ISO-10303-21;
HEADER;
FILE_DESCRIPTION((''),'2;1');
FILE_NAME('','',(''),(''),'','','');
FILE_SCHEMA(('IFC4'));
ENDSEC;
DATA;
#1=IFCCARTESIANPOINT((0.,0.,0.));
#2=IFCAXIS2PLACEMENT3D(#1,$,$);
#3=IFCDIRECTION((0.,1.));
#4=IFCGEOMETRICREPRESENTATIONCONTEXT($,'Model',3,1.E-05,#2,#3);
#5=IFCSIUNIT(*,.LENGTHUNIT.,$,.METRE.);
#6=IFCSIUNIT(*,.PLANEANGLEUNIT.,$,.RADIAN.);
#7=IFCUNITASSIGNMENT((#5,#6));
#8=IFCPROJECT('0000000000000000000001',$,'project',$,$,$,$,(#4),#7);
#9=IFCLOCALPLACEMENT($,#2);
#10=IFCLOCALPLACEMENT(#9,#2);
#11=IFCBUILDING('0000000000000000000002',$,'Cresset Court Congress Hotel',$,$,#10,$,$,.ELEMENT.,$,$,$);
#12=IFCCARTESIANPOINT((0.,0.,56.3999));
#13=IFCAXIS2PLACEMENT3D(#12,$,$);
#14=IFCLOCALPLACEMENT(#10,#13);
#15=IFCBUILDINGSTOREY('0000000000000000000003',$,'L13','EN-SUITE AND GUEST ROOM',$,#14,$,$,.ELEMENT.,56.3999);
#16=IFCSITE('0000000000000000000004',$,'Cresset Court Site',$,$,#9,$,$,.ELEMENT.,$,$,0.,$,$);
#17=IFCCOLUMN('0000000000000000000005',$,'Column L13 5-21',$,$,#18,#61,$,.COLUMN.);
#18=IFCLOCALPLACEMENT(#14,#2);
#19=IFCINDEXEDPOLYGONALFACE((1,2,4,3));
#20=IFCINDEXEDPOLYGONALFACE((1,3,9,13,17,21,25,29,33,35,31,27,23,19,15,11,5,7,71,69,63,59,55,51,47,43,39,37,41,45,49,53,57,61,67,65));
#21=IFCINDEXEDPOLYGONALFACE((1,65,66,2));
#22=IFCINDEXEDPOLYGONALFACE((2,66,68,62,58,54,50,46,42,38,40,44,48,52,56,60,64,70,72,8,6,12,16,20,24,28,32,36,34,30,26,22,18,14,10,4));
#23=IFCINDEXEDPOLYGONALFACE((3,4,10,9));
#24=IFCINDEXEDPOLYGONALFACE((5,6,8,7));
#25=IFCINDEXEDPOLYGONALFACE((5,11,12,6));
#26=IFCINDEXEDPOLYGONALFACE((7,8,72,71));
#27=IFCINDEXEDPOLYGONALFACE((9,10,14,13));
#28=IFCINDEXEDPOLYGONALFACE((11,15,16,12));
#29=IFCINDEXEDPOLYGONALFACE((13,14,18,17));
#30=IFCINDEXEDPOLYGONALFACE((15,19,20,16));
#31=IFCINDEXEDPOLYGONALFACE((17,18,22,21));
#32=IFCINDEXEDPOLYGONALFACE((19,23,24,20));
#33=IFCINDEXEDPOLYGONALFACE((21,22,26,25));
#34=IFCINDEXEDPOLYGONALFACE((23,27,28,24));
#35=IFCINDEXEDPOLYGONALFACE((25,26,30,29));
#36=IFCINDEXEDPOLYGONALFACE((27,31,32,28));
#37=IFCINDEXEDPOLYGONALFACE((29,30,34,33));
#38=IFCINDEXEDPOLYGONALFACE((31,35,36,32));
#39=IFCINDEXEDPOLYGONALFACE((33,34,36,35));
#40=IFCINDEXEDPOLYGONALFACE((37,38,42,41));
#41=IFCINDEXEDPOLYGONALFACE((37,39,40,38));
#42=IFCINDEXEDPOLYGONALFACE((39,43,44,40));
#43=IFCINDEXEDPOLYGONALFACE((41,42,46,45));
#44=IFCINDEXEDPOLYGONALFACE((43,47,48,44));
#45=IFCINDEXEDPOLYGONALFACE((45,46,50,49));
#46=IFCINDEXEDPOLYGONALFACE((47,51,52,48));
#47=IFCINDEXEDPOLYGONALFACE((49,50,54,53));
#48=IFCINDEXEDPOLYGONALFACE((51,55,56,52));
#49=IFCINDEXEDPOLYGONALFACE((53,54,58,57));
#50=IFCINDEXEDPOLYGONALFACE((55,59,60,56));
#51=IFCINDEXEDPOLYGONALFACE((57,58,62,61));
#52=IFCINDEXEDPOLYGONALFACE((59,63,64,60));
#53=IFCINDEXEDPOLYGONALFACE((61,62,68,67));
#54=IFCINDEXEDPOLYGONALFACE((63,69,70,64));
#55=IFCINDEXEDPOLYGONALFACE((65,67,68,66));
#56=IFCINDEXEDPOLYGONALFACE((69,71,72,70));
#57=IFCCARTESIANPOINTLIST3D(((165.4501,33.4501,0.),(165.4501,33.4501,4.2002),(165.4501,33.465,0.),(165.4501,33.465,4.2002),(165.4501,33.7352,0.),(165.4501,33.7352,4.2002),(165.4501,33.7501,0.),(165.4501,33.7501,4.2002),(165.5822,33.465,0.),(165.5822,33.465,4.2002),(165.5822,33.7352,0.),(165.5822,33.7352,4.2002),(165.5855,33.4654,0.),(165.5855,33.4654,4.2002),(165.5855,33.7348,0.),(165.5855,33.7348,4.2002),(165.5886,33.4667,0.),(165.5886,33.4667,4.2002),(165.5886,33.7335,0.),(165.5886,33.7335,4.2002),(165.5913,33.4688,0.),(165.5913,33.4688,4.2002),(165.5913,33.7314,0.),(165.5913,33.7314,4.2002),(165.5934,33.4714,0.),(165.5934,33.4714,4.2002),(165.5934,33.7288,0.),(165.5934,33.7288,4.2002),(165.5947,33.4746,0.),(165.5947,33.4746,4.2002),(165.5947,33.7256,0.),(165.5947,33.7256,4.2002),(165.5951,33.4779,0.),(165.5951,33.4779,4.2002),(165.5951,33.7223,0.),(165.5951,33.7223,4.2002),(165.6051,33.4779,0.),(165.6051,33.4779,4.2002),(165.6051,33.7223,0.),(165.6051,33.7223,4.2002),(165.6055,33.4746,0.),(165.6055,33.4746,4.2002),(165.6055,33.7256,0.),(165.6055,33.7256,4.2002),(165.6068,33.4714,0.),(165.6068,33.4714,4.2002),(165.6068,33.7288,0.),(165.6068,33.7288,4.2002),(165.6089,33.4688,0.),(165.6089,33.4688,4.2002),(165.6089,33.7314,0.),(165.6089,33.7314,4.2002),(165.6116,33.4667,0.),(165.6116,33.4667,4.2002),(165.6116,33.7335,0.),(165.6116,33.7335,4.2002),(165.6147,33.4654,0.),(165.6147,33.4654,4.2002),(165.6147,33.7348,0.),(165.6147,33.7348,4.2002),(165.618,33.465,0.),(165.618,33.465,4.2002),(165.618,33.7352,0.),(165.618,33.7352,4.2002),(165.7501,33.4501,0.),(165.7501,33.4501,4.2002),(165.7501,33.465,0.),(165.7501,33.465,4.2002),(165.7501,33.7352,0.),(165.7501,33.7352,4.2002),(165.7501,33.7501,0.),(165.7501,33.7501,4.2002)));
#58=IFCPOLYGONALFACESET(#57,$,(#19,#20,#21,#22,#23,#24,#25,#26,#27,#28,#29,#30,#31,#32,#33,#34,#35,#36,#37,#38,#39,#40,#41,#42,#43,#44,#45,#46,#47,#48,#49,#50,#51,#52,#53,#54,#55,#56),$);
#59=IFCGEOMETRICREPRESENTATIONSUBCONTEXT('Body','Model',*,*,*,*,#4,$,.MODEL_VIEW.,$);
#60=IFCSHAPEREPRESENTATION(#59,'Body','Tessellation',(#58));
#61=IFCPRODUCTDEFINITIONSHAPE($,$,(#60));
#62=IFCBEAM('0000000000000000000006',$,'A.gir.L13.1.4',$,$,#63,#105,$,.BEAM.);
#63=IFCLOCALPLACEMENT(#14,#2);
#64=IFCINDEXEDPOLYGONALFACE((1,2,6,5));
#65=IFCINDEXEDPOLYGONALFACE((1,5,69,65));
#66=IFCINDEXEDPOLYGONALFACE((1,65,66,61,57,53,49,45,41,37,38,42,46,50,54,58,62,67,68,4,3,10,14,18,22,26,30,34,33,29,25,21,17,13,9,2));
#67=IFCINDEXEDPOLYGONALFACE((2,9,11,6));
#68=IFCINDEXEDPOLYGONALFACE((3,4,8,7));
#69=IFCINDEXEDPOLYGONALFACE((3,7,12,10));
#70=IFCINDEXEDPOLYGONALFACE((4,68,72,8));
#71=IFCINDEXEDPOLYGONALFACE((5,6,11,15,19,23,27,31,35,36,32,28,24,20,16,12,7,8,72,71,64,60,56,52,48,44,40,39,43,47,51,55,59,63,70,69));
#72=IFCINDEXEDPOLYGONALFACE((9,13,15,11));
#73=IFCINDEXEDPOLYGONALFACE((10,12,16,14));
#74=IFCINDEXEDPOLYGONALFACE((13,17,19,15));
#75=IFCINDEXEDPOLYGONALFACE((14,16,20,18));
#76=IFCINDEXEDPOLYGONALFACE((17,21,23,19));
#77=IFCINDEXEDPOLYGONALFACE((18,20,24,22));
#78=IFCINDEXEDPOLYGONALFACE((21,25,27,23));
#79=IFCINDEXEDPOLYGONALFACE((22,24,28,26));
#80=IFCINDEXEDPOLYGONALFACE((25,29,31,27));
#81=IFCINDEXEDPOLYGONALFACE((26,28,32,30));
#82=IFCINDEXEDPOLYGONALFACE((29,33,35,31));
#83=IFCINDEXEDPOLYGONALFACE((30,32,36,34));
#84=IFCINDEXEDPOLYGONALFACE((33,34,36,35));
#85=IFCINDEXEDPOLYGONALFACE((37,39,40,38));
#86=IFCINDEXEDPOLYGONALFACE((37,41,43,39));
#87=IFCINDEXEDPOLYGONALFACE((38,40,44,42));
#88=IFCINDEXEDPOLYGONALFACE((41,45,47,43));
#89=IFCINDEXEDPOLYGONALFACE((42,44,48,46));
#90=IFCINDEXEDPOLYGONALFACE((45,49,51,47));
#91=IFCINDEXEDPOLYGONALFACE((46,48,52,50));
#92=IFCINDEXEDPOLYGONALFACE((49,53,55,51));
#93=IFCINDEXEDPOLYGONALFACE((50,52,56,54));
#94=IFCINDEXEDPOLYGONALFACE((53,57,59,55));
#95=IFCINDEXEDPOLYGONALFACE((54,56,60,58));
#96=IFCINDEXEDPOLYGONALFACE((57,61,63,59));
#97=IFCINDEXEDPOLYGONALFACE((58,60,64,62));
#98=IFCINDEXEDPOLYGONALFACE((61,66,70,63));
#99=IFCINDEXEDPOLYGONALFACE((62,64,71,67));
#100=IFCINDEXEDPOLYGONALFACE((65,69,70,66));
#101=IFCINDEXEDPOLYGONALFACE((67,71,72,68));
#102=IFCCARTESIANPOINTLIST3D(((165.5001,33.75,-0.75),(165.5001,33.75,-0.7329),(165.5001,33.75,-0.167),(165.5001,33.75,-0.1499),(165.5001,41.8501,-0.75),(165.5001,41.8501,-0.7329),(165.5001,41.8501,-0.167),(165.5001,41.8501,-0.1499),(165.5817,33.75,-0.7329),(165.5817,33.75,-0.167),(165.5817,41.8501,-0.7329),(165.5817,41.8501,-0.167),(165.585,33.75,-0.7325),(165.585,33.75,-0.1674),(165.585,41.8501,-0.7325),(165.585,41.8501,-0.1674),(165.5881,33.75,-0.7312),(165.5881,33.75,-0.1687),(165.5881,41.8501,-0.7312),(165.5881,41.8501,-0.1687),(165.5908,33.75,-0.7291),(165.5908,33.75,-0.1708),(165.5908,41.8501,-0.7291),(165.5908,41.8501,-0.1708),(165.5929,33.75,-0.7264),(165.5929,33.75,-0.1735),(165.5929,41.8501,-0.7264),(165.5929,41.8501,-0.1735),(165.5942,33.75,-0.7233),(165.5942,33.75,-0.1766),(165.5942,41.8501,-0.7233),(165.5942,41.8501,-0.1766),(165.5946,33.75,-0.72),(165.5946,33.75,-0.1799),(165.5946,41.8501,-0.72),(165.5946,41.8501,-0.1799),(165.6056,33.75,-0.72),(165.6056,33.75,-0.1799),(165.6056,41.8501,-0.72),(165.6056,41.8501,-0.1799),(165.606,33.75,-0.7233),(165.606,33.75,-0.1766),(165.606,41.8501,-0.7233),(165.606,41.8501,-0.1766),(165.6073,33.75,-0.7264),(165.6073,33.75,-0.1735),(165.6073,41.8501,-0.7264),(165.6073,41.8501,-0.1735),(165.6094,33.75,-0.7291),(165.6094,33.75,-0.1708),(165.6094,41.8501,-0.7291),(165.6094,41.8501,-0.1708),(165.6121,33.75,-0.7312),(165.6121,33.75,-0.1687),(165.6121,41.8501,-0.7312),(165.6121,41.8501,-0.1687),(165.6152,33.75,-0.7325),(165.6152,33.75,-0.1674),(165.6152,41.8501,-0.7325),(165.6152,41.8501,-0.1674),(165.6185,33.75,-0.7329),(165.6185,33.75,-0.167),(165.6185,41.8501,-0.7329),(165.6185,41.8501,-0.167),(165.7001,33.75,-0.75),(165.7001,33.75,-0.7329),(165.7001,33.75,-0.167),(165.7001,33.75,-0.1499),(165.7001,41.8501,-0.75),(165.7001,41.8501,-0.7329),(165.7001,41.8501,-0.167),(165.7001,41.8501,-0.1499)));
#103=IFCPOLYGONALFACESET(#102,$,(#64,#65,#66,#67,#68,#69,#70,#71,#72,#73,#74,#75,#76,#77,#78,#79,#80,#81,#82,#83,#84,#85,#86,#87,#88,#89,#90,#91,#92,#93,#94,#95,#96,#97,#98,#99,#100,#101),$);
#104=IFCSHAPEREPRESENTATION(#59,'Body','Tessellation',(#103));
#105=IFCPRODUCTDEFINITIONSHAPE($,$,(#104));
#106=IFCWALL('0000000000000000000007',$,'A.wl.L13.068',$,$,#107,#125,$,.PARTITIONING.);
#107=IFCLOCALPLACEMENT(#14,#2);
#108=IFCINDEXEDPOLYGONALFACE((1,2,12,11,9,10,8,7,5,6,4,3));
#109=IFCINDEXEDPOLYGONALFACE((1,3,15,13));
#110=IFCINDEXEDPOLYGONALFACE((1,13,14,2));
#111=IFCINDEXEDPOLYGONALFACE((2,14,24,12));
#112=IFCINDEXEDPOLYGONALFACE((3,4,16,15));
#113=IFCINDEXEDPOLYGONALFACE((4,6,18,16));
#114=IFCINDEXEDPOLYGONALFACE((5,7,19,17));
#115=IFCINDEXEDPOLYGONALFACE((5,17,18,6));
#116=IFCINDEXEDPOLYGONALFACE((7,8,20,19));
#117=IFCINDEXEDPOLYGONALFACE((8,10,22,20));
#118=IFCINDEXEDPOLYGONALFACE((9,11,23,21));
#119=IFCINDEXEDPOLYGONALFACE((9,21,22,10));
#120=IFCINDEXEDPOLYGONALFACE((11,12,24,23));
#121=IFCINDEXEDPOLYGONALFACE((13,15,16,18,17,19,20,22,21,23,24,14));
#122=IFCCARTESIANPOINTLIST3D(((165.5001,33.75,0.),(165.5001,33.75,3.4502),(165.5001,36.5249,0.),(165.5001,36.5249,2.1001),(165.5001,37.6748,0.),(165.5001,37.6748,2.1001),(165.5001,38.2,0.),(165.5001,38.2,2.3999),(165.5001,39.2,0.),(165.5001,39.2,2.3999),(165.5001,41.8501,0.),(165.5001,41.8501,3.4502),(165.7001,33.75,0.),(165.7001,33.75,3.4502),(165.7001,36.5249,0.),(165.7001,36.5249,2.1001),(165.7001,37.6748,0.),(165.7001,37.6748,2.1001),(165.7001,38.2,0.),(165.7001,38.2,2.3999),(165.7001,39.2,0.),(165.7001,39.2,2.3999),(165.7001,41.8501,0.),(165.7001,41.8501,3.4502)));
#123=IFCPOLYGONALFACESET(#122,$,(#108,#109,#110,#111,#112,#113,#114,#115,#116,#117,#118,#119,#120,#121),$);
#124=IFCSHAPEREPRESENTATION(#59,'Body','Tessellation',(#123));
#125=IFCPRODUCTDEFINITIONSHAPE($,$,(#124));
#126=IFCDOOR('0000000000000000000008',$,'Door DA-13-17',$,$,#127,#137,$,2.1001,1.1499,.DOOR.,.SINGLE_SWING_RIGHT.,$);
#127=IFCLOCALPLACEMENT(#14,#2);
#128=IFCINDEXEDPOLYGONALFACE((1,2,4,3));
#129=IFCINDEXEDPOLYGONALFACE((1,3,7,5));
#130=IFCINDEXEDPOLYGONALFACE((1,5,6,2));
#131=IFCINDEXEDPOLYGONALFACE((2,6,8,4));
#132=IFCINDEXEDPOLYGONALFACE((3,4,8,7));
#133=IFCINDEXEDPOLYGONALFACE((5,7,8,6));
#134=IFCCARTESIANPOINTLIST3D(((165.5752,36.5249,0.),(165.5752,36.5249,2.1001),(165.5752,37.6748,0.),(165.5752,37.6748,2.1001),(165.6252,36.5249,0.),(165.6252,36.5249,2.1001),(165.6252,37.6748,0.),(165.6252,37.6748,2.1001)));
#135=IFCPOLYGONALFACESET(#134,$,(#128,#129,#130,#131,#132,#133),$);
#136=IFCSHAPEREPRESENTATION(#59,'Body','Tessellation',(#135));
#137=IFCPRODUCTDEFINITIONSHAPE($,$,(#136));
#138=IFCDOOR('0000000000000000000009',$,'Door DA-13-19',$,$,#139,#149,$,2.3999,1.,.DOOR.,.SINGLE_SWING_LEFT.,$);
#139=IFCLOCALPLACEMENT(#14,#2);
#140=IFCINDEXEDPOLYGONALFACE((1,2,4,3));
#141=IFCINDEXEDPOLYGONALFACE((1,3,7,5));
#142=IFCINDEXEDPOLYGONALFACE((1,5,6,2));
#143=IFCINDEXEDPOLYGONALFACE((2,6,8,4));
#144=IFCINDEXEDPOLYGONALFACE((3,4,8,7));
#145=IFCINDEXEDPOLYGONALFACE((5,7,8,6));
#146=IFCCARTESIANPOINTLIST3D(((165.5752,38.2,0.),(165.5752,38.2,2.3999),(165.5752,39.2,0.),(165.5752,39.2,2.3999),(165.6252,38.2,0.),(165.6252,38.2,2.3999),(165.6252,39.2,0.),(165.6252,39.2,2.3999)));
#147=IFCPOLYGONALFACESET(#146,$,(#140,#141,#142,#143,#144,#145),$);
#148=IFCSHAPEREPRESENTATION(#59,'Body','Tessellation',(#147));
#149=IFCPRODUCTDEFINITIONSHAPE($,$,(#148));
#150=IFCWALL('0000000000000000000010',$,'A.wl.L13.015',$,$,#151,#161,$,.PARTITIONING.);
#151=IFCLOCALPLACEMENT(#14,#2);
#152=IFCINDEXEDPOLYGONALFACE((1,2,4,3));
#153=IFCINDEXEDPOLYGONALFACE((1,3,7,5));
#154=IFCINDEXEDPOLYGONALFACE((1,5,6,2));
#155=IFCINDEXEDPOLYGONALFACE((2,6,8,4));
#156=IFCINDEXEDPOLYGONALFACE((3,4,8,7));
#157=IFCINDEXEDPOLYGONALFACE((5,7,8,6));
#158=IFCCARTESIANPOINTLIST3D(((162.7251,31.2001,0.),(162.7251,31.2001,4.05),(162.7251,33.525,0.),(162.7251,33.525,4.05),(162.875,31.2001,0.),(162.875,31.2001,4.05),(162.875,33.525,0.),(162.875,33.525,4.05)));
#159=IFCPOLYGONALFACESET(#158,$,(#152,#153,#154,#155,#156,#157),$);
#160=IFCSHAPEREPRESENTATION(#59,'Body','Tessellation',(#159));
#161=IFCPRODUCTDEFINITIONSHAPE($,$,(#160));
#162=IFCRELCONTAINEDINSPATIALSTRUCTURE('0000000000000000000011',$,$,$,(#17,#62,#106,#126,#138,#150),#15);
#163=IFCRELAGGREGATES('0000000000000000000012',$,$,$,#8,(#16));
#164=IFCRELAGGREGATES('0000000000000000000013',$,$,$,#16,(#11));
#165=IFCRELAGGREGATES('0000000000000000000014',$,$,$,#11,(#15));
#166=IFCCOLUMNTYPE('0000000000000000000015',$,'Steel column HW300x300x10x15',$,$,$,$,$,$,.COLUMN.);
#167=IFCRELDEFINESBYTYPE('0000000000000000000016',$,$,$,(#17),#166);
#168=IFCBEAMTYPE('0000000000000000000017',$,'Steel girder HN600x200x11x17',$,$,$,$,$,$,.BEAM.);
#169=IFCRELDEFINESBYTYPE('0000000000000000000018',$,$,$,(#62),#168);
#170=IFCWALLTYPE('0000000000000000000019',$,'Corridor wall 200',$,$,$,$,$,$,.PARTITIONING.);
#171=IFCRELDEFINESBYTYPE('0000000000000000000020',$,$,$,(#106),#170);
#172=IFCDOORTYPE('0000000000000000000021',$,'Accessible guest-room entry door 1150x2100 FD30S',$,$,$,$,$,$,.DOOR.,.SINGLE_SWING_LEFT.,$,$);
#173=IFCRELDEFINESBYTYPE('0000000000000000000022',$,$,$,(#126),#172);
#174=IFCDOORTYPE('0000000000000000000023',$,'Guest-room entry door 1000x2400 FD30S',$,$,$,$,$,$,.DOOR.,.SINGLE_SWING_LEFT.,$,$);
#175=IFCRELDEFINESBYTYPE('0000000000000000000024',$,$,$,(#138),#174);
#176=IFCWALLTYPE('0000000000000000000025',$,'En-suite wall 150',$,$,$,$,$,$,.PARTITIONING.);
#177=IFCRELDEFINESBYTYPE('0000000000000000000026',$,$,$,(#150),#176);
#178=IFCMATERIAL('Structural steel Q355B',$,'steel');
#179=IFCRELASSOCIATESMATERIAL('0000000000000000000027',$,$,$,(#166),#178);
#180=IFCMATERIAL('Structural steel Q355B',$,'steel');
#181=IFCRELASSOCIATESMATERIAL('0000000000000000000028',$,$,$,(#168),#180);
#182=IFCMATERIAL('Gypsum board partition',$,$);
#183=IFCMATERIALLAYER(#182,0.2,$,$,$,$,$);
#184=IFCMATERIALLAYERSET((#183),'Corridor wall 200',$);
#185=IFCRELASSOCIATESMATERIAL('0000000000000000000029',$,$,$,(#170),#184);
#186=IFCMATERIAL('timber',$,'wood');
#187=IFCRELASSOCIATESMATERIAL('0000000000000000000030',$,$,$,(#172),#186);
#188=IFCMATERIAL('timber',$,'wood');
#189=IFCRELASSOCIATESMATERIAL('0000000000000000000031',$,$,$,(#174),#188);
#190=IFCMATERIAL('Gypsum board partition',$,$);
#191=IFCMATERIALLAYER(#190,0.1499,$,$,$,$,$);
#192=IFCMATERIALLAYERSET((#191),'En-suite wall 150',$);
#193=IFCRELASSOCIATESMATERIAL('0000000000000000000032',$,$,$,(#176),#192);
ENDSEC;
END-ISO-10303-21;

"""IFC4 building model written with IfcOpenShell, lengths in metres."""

from ifc_helpers import new_model, si_unit, direction, frame, frame_2d, origin, origin_2d, place, context, subcontext, project, spatial, rectangle, i_section, extrude, material, layer, layer_set, material_profile, profile_set, type_object, element, fill, save


model = new_model("IFC4")

# Units and contexts
model_context = context("Model", 3, precision=1e-05, world=origin(), true_north=direction((0.0, 1.0)))
body_context = subcontext(model_context, "Body", "Model", "MODEL_VIEW")
ifc_project = project(units=[si_unit("LENGTHUNIT", "METRE"), si_unit("PLANEANGLEUNIT", "RADIAN")], contexts=[model_context])

# Site, building, storey
site_placement = place(None, origin())
site = spatial("IfcSite", under=ifc_project, at=site_placement, Name="Cresset Court Site", CompositionType="ELEMENT", RefElevation=0.0)
building_placement = place(site_placement, origin())
building = spatial("IfcBuilding", under=site, at=building_placement, Name="Cresset Court Congress Hotel", CompositionType="ELEMENT")
storey_placement = place(building_placement, frame((0.0, 0.0, 56.3999)))
storey = spatial("IfcBuildingStorey", under=building, at=storey_placement, Name="L13", Description="EN-SUITE AND GUEST ROOM", CompositionType="ELEMENT", Elevation=56.3999)

# Column
ifc_material_1 = material(Name="Structural steel Q355B", Category="steel")
ifc_material_profile_1 = material_profile(ifc_material_1, i_section(OverallWidth=0.3, OverallDepth=0.3, WebThickness=0.01, FlangeThickness=0.0149, FilletRadius=0.0129, at=origin_2d()), Name="HW300x300x10x15")
ifc_profile_set_1 = profile_set([ifc_material_profile_1], Name="Structural steel Q355B")
column_type = type_object("IfcColumnType", Name="Steel column HW300x300x10x15", PredefinedType="COLUMN", material=ifc_profile_set_1)
column_placement = place(storey_placement, frame((165.6001, 33.6001, 0.0), z_axis=(0.0, 0.0, 1.0), x_axis=(1.0, 0.0, 0.0)))
element("IfcColumn", 1, at=column_placement, inside=storey, type_object=column_type, Name="Column L13 5-21", PredefinedType="COLUMN", context=body_context, shape_type="SweptSolid", body=[
    extrude(i_section(OverallWidth=0.3, OverallDepth=0.3, WebThickness=0.01, FlangeThickness=0.0149, FilletRadius=0.0129, at=origin_2d()), origin(), (0.0, 0.0, 1.0), 4.2002),
])

# Beam
ifc_material_2 = material(Name="Structural steel Q355B", Category="steel")
ifc_material_profile_2 = material_profile(ifc_material_2, i_section(OverallWidth=0.2, OverallDepth=0.6001, WebThickness=0.011, FlangeThickness=0.0171, FilletRadius=0.0129, at=origin_2d()), Name="HN600x200x11x17")
ifc_profile_set_2 = profile_set([ifc_material_profile_2], Name="Structural steel Q355B")
beam_type = type_object("IfcBeamType", Name="Steel girder HN600x200x11x17", PredefinedType="BEAM", material=ifc_profile_set_2)
beam_placement = place(storey_placement, frame((165.6001, 33.75, -0.45), z_axis=(0.0, 1.0, 0.0), x_axis=(-1.0, 0.0, 0.0)))
element("IfcBeam", 2, at=beam_placement, inside=storey, type_object=beam_type, Name="A.gir.L13.1.4", PredefinedType="BEAM", context=body_context, shape_type="SweptSolid", body=[
    extrude(i_section(OverallWidth=0.2, OverallDepth=0.6001, WebThickness=0.011, FlangeThickness=0.0171, FilletRadius=0.0129, at=origin_2d()), origin(), (0.0, 0.0, 1.0), 8.1001),
])

# Wall, openings, doors
ifc_material_3 = material(Name="Gypsum board partition")
ifc_layer_1 = layer(ifc_material_3, 0.2)
ifc_layer_set_1 = layer_set([ifc_layer_1], Name="Corridor wall 200")
wall_type_1 = type_object("IfcWallType", Name="Corridor wall 200", PredefinedType="PARTITIONING", material=ifc_layer_set_1)
wall_1_placement = place(storey_placement, frame((165.6001, 33.75, 0.0), z_axis=(0.0, 0.0, 1.0), x_axis=(0.0, 1.0, 0.0)))
wall_1 = element("IfcWall", 3, at=wall_1_placement, inside=storey, type_object=wall_type_1, Name="A.wl.L13.068", PredefinedType="PARTITIONING", context=body_context, shape_type="SweptSolid", body=[
    extrude(rectangle(XDim=8.1001, YDim=0.2, at=frame_2d((4.05, 0.0))), origin(), (0.0, 0.0, 1.0), 3.4502),
])
opening_1_placement = place(wall_1_placement, frame((2.7749, 0.0, 0.0)))
opening_1 = element("IfcOpeningElement", 4, at=opening_1_placement, cuts=wall_1, PredefinedType="OPENING", context=body_context, shape_type="SweptSolid", body=[
    extrude(rectangle(XDim=1.1499, YDim=2.1001, at=frame_2d((0.575, 1.05))), frame((0.0, 0.1099, 0.0), z_axis=(0.0, -1.0, 0.0), x_axis=(1.0, 0.0, 0.0)), (0.0, 0.0, 1.0), 0.22),
])
opening_2_placement = place(wall_1_placement, frame((4.45, 0.0, 0.0)))
opening_2 = element("IfcOpeningElement", 5, at=opening_2_placement, cuts=wall_1, PredefinedType="OPENING", context=body_context, shape_type="SweptSolid", body=[
    extrude(rectangle(XDim=1.0, YDim=2.3999, at=frame_2d((0.5, 1.2))), frame((0.0, 0.1099, 0.0), z_axis=(0.0, -1.0, 0.0), x_axis=(1.0, 0.0, 0.0)), (0.0, 0.0, 1.0), 0.22),
])
ifc_material_4 = material(Name="timber", Category="wood")
door_type_1 = type_object("IfcDoorType", Name="Accessible guest-room entry door 1150x2100 FD30S", OperationType="SINGLE_SWING_LEFT", PredefinedType="DOOR", material=ifc_material_4)
door_1_placement = place(opening_1_placement, origin())
door_1 = element("IfcDoor", 6, at=door_1_placement, inside=storey, type_object=door_type_1, Name="Door DA-13-17", OperationType="SINGLE_SWING_RIGHT", OverallHeight=2.1001, OverallWidth=1.1499, PredefinedType="DOOR", context=body_context, shape_type="SweptSolid", body=[
    extrude(rectangle(XDim=1.1499, YDim=2.1001, at=frame_2d((0.575, 1.05))), frame((0.0, 0.0249, 0.0), z_axis=(0.0, -1.0, 0.0), x_axis=(1.0, 0.0, 0.0)), (0.0, 0.0, 1.0), 0.05),
])
fill(opening_1, door_1)
ifc_material_5 = material(Name="timber", Category="wood")
door_type_2 = type_object("IfcDoorType", Name="Guest-room entry door 1000x2400 FD30S", OperationType="SINGLE_SWING_LEFT", PredefinedType="DOOR", material=ifc_material_5)
door_2_placement = place(opening_2_placement, origin())
door_2 = element("IfcDoor", 7, at=door_2_placement, inside=storey, type_object=door_type_2, Name="Door DA-13-19", OperationType="SINGLE_SWING_LEFT", OverallHeight=2.3999, OverallWidth=1.0, PredefinedType="DOOR", context=body_context, shape_type="SweptSolid", body=[
    extrude(rectangle(XDim=1.0, YDim=2.3999, at=frame_2d((0.5, 1.2))), frame((0.0, 0.0249, 0.0), z_axis=(0.0, -1.0, 0.0), x_axis=(1.0, 0.0, 0.0)), (0.0, 0.0, 1.0), 0.05),
])
fill(opening_2, door_2)

# Wall
ifc_material_6 = material(Name="Gypsum board partition")
ifc_layer_2 = layer(ifc_material_6, 0.1499)
ifc_layer_set_2 = layer_set([ifc_layer_2], Name="En-suite wall 150")
wall_type_2 = type_object("IfcWallType", Name="En-suite wall 150", PredefinedType="PARTITIONING", material=ifc_layer_set_2)
wall_2_placement = place(storey_placement, frame((162.8, 31.2, 0.0), z_axis=(0.0, 0.0, 1.0), x_axis=(0.0, 1.0, 0.0)))
element("IfcWall", 8, at=wall_2_placement, inside=storey, type_object=wall_type_2, Name="A.wl.L13.015", PredefinedType="PARTITIONING", context=body_context, shape_type="SweptSolid", body=[
    extrude(rectangle(XDim=2.325, YDim=0.1499, at=frame_2d((1.1626, 0.0))), origin(), (0.0, 0.0, 1.0), 4.05),
])

save(model, "model.ifc")
